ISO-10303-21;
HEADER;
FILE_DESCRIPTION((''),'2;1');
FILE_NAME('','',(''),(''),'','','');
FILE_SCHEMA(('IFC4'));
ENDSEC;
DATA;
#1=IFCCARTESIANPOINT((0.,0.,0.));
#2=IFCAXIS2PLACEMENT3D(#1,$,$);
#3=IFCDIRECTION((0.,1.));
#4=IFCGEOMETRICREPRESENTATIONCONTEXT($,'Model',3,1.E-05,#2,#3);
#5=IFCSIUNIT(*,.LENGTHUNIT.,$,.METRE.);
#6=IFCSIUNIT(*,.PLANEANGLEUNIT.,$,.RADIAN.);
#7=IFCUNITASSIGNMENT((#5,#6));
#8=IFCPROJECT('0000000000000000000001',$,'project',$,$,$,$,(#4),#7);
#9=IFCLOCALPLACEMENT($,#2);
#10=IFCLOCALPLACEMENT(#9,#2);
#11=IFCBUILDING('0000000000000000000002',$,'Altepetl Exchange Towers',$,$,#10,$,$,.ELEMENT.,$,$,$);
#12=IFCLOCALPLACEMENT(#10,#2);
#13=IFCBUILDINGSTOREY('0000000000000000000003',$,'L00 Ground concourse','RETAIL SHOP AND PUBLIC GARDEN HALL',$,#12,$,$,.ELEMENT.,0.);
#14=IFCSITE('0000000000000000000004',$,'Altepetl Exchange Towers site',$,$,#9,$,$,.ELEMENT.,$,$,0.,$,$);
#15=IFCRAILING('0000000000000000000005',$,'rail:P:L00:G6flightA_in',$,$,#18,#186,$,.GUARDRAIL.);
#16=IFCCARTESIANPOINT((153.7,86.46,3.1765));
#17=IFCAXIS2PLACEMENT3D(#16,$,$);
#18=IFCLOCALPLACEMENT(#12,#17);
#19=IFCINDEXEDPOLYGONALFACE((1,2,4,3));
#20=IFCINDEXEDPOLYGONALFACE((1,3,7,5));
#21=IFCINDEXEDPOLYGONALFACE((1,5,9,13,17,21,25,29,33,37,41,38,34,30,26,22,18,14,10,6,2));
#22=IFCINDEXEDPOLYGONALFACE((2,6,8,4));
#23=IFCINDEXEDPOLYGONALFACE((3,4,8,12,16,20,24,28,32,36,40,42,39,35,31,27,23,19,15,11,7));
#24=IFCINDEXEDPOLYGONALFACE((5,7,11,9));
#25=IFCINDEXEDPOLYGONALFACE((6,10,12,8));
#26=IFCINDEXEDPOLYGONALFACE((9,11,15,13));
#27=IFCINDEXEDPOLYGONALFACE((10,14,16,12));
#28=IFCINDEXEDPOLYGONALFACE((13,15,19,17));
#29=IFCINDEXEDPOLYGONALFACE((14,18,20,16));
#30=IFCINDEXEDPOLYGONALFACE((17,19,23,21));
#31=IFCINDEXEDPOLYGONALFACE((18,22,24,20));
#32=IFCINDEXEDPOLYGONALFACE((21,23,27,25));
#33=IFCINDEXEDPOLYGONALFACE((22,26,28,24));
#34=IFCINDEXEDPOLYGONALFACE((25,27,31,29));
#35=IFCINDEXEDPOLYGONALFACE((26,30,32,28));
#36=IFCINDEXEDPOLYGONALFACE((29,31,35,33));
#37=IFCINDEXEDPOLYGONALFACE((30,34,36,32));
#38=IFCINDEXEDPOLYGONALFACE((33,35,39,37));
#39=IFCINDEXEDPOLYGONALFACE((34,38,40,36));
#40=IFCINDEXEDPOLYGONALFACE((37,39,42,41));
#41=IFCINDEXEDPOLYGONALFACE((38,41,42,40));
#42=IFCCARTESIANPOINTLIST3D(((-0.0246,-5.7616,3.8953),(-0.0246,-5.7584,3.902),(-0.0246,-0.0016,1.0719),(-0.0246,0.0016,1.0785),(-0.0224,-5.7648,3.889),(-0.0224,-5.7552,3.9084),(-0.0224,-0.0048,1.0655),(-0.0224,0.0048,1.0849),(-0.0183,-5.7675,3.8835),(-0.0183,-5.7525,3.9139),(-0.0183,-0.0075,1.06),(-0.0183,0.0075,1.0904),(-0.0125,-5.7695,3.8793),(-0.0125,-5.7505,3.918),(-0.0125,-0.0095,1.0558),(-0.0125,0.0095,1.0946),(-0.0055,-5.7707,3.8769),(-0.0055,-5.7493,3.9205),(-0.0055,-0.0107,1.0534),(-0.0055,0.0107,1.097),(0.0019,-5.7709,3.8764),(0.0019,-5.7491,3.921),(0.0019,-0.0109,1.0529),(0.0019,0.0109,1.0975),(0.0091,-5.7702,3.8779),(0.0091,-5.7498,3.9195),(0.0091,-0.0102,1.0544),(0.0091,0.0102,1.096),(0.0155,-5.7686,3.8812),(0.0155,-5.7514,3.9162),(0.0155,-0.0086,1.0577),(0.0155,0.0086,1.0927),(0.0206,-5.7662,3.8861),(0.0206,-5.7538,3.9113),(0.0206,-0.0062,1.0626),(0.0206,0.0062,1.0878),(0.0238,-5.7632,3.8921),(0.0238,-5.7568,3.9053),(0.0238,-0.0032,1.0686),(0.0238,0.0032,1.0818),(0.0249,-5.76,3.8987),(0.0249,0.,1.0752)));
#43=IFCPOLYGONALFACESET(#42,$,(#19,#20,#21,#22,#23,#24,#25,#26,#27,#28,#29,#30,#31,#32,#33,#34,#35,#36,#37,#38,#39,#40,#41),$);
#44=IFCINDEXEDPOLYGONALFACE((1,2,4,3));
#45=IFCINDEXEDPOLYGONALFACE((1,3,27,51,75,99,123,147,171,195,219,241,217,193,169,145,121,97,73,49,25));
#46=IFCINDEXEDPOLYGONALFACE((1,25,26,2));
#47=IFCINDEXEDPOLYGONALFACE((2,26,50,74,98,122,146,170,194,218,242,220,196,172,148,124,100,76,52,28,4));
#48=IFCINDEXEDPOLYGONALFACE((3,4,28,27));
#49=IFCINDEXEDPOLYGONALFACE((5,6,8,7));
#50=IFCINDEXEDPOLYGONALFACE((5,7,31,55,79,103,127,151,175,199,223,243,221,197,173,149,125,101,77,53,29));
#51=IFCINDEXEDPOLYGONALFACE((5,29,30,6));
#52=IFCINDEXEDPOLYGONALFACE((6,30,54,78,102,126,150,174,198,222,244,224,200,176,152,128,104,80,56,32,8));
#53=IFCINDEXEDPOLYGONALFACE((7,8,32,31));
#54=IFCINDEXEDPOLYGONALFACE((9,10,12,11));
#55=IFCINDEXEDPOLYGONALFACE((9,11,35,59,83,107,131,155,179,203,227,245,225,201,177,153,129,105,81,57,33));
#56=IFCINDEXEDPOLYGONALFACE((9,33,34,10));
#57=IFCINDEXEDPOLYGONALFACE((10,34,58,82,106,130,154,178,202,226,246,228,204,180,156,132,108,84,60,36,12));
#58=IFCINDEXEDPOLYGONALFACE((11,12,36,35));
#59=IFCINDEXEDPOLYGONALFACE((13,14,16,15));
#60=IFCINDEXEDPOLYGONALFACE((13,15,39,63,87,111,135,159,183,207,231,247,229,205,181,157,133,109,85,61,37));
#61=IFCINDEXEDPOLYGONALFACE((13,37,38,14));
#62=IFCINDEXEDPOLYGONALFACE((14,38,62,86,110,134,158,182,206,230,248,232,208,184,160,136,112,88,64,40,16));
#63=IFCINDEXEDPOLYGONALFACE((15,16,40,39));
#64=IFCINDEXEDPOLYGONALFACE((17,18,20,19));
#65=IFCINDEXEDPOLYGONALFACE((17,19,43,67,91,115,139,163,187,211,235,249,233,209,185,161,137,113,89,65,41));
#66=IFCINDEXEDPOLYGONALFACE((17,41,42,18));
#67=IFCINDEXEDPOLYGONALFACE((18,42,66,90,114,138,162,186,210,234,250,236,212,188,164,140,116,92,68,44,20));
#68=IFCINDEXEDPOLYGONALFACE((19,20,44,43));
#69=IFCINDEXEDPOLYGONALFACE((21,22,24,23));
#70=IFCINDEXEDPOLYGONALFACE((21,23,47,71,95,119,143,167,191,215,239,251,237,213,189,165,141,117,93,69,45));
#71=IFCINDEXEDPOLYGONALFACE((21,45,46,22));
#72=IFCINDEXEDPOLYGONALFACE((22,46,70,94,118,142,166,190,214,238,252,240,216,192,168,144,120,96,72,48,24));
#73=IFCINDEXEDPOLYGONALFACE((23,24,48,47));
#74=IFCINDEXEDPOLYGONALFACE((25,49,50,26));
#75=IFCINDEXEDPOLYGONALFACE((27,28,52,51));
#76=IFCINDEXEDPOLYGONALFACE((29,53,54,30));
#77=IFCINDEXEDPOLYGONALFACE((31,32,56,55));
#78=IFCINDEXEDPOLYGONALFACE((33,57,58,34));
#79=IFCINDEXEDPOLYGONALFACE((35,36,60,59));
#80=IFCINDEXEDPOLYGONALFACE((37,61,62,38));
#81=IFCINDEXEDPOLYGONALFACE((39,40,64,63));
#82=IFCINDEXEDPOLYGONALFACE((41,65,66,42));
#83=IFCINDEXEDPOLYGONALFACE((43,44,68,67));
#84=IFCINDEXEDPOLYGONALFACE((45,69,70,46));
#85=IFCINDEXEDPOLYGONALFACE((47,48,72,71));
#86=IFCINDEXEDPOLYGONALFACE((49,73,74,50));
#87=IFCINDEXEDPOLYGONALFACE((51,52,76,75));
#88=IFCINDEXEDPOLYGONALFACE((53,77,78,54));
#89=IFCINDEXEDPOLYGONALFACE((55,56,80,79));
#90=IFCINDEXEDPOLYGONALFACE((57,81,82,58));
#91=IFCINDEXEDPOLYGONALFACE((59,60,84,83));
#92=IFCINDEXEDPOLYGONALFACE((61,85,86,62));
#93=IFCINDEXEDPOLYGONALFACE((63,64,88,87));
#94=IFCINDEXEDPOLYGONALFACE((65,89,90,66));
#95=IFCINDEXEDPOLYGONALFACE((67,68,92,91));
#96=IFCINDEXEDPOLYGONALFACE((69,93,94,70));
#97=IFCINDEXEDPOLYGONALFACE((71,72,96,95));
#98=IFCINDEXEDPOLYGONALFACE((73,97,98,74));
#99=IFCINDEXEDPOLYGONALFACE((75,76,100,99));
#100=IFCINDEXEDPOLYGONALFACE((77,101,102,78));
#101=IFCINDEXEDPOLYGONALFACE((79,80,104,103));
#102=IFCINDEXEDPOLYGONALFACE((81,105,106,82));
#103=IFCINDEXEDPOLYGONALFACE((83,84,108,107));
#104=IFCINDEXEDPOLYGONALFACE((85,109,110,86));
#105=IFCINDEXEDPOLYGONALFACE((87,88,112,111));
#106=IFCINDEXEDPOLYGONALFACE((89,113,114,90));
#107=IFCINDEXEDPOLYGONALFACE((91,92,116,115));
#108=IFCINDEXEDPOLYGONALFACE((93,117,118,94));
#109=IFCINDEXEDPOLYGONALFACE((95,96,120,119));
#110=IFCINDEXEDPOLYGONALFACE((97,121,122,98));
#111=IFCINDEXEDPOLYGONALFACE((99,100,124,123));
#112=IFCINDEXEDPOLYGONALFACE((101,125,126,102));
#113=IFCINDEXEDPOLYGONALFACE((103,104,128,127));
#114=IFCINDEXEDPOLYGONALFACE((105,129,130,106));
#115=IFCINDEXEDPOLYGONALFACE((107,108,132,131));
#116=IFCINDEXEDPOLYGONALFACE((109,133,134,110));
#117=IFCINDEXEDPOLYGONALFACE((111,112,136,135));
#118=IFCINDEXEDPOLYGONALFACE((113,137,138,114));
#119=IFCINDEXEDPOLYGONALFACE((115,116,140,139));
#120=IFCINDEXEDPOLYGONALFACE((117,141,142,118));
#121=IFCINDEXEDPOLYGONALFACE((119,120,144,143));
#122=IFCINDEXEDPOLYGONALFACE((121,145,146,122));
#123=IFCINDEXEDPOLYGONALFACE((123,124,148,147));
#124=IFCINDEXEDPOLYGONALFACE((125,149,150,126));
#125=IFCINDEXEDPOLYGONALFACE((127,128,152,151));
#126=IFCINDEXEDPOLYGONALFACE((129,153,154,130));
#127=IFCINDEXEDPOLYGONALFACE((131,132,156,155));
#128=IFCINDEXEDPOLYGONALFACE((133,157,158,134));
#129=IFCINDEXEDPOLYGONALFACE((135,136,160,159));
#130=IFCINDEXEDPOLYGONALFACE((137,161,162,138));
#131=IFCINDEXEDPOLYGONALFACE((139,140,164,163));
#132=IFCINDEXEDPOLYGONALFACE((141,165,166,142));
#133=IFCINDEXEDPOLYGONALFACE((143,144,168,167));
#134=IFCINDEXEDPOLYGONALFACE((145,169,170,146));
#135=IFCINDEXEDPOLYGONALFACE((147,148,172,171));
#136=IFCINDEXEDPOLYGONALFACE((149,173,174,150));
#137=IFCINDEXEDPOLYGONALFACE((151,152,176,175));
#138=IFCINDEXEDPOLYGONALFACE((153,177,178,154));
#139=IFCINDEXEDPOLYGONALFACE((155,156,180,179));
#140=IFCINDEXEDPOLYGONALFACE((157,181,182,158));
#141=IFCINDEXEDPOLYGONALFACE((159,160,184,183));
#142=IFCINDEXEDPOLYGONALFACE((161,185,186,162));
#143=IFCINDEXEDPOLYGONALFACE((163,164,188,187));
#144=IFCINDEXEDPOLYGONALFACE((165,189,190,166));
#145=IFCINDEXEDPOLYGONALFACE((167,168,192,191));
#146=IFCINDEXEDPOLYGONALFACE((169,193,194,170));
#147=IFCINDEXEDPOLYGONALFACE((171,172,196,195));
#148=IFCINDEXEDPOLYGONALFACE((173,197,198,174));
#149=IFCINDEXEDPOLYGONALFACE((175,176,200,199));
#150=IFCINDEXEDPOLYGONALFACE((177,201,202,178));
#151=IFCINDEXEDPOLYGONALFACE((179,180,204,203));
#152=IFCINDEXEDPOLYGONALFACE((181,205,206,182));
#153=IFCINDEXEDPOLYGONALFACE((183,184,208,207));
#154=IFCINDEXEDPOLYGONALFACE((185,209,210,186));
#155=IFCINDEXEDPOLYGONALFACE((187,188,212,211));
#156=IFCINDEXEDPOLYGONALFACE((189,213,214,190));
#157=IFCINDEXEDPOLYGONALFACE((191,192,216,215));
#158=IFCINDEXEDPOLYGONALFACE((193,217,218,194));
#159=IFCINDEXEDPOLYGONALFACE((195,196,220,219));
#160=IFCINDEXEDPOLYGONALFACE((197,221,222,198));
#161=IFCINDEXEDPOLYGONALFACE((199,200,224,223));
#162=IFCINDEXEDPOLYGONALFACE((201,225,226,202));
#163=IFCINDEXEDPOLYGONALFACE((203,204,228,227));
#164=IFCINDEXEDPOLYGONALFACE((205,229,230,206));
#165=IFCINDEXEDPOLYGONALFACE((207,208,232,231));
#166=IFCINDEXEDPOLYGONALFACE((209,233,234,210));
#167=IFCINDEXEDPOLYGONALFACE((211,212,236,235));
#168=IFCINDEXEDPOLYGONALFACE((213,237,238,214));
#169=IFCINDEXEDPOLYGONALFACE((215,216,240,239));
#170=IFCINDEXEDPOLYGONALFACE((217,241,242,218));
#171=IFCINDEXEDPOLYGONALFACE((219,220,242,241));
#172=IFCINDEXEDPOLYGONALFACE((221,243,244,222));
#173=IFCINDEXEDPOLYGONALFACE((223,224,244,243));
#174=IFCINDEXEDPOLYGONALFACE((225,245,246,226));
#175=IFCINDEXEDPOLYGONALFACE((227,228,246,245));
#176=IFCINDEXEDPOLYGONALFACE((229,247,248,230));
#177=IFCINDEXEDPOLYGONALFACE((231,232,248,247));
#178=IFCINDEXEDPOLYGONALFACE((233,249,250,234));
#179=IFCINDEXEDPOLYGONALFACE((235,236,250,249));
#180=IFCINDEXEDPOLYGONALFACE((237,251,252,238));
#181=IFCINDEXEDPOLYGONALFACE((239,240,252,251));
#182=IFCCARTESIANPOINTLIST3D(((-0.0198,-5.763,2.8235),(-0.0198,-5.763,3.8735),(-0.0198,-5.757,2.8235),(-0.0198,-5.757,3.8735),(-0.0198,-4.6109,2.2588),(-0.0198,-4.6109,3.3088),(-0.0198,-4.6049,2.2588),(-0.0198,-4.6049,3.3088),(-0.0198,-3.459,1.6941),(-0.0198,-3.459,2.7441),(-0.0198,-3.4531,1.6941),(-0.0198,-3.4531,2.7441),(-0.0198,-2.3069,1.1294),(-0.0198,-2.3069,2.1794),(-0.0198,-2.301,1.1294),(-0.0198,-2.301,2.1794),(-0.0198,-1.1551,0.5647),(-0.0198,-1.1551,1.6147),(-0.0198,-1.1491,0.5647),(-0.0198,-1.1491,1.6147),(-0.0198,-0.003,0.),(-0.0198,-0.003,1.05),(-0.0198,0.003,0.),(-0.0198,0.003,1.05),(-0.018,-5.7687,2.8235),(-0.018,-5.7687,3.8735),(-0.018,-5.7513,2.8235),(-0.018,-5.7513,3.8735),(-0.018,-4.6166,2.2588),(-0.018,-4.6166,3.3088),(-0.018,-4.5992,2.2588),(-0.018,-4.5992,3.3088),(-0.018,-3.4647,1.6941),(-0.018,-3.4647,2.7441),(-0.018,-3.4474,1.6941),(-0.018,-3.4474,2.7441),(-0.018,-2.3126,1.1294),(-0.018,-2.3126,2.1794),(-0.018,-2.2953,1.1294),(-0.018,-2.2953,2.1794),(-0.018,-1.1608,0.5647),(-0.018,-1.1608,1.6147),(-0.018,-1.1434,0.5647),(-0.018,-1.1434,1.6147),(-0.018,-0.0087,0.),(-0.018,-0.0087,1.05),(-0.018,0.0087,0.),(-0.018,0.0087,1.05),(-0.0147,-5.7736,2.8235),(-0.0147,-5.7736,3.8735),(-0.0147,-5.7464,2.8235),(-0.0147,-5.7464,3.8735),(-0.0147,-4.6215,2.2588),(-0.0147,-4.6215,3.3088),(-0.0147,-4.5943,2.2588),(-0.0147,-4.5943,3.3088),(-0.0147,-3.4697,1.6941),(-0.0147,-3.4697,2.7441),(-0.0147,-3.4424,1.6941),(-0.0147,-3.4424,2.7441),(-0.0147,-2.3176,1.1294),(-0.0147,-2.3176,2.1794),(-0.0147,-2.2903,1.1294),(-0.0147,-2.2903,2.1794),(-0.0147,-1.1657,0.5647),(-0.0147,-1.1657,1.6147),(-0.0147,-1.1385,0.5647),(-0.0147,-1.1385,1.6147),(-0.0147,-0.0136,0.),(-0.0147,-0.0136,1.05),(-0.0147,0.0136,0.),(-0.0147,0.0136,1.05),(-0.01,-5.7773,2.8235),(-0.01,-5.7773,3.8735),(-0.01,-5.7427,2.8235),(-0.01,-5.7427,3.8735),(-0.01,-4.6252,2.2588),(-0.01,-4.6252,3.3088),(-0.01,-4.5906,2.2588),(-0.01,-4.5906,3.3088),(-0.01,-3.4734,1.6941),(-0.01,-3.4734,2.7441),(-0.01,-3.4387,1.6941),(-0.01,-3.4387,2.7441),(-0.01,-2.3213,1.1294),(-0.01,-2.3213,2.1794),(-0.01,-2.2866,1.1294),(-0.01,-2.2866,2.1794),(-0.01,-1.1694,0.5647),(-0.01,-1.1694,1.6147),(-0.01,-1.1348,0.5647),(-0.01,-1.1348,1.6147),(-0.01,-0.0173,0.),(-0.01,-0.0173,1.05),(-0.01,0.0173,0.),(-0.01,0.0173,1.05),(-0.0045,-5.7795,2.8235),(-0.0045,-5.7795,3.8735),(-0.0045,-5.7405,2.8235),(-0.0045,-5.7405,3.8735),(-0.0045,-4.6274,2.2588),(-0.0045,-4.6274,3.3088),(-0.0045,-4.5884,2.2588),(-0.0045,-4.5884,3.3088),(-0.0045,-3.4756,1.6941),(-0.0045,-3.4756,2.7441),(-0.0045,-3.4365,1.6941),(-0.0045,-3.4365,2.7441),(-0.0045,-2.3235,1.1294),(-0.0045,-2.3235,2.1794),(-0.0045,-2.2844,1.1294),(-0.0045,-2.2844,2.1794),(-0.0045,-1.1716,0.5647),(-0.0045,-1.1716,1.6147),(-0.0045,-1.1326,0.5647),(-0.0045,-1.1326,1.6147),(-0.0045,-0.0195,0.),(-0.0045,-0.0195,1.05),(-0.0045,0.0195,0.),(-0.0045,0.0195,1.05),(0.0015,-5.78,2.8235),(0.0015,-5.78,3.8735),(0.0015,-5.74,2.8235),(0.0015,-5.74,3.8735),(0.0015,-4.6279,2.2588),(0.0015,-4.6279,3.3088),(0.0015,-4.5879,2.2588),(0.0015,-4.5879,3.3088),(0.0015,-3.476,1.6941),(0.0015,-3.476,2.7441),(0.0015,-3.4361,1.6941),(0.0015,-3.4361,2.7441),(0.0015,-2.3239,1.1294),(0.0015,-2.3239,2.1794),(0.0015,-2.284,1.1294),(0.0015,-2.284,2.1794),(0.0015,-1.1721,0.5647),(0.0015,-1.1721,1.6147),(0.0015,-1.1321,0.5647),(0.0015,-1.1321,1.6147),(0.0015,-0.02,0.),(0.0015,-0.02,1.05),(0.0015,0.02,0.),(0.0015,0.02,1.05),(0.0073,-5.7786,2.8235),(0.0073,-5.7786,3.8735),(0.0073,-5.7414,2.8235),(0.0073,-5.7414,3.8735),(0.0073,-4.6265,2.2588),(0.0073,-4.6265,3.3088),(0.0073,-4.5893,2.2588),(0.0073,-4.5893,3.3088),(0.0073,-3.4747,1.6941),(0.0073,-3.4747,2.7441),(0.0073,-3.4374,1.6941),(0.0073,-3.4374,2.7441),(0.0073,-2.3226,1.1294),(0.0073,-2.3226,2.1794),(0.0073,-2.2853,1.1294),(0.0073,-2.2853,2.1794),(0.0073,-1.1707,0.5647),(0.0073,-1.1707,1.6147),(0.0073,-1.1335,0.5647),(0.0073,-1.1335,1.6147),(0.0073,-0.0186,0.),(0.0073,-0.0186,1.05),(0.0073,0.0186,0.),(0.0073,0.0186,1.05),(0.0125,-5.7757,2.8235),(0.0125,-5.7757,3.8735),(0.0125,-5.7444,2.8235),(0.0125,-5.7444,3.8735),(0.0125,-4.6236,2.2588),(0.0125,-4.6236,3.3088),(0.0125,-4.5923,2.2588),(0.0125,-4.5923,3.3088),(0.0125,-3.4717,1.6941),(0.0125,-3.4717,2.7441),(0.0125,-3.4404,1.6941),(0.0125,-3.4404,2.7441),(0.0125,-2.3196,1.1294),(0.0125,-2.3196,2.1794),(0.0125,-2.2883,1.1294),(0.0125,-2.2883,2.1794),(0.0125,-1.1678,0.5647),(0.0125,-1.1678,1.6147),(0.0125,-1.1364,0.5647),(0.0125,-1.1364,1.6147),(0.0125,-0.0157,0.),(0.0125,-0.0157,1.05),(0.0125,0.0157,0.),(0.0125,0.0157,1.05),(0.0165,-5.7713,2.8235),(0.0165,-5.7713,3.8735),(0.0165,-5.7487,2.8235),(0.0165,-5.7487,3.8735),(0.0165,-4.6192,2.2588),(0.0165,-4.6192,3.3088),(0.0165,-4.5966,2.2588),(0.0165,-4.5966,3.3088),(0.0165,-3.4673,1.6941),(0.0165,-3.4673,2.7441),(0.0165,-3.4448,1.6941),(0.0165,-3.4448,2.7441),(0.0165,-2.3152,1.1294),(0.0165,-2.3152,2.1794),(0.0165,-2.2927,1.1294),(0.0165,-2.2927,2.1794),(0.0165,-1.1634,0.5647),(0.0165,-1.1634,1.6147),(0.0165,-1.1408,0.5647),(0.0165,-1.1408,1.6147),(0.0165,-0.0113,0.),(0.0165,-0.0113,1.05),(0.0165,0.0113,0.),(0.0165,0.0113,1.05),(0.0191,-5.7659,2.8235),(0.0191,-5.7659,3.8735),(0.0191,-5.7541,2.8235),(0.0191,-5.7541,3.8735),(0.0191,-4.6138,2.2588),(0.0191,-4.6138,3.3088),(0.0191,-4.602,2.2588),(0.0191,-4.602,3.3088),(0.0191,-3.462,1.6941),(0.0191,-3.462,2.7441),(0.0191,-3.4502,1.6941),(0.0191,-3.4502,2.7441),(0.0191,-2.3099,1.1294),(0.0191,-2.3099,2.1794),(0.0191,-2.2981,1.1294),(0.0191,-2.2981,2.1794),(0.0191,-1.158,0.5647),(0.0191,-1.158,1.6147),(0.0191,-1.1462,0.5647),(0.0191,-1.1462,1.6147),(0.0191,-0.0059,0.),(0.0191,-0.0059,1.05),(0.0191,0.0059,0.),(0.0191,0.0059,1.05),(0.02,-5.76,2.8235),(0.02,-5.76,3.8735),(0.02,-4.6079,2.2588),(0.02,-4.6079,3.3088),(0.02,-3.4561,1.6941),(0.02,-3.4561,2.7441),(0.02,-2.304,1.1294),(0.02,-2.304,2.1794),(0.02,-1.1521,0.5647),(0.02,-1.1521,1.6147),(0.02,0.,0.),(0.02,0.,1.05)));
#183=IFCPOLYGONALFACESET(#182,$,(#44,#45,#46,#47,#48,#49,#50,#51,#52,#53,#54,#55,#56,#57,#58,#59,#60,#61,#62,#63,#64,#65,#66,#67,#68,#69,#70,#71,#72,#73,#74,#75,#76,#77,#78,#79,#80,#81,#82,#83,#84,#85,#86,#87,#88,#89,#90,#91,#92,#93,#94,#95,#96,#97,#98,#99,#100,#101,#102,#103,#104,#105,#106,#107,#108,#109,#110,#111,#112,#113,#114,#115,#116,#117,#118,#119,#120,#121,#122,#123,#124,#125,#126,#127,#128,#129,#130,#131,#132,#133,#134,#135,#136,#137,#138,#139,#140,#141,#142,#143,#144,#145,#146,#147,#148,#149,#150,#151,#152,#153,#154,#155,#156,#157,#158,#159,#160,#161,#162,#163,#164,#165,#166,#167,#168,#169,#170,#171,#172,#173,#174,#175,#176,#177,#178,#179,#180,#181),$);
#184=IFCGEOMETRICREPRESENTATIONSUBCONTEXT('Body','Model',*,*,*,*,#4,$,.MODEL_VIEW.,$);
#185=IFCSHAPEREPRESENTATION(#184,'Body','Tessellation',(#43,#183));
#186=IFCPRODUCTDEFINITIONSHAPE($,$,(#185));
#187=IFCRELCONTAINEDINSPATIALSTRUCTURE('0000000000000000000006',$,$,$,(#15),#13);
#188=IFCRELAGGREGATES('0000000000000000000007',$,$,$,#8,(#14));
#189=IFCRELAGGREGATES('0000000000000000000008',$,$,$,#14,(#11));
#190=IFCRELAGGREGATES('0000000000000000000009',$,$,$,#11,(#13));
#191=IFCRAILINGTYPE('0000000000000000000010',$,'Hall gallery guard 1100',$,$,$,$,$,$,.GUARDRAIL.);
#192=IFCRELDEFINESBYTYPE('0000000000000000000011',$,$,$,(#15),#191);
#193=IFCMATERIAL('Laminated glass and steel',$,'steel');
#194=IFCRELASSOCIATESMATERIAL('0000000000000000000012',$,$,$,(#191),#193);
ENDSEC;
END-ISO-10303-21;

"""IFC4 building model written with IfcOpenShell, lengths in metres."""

from ifc_helpers import new_model, si_unit, direction, frame, origin, origin_2d, place, context, subcontext, project, spatial, circle, extrude, source, transform, mapped, material, type_object, element, save


model = new_model("IFC4")

# Units and contexts
model_context = context("Model", 3, precision=1e-05, world=origin(), true_north=direction((0.0, 1.0)))
body_context = subcontext(model_context, "Body", "Model", "MODEL_VIEW")
ifc_project = project(units=[si_unit("LENGTHUNIT", "METRE"), si_unit("PLANEANGLEUNIT", "RADIAN")], contexts=[model_context])

# Site, building, storey
site_placement = place(None, origin())
site = spatial("IfcSite", under=ifc_project, at=site_placement, Name="Altepetl Exchange Towers site", CompositionType="ELEMENT", RefElevation=0.0)
building_placement = place(site_placement, origin())
building = spatial("IfcBuilding", under=site, at=building_placement, Name="Altepetl Exchange Towers", CompositionType="ELEMENT")
storey_placement = place(building_placement, origin())
storey = spatial("IfcBuildingStorey", under=building, at=storey_placement, Name="L00 Ground concourse", Description="RETAIL SHOP AND PUBLIC GARDEN HALL", CompositionType="ELEMENT", Elevation=0.0)

# Railing
ifc_material_1 = material(Name="Laminated glass and steel", Category="steel")
railing_type_1 = type_object("IfcRailingType", Name="Hall gallery guard 1100", PredefinedType="GUARDRAIL", material=ifc_material_1)
shared_shape_1 = source(origin(), body_context, "Body", "SweptSolid", [
    extrude(circle(Radius=0.02, at=origin_2d()), origin(), (0.0, 0.0, 1.0), 1.05),
])
for number, where, name in (
    (1, (153.7, 86.46, 3.1765), "rail:P:L00:G6flightA_in"),
):
    element("IfcRailing", number, at=place(storey_placement, frame(where)), inside=storey, type_object=railing_type_1, Name=name, PredefinedType="GUARDRAIL", context=body_context, shape_type="SweptSolid", body=[
        extrude(circle(Radius=0.0249, at=origin_2d()), frame((0.0, 0.0, 1.0752), z_axis=(0.0, -0.897924, 0.440151), x_axis=(1.0, 0.0, 0.0)), (0.0, 0.0, 1.0), 6.4148),
        mapped(shared_shape_1, transform((0.0, 0.0, 0.0))),
        mapped(shared_shape_1, transform((0.0, -1.1521, 0.5647))),
        mapped(shared_shape_1, transform((0.0, -2.304, 1.1294))),
        mapped(shared_shape_1, transform((0.0, -3.4561, 1.6941))),
        mapped(shared_shape_1, transform((0.0, -4.6079, 2.2588))),
        mapped(shared_shape_1, transform((0.0, -5.76, 2.8235))),
    ])

save(model, "model.ifc")
